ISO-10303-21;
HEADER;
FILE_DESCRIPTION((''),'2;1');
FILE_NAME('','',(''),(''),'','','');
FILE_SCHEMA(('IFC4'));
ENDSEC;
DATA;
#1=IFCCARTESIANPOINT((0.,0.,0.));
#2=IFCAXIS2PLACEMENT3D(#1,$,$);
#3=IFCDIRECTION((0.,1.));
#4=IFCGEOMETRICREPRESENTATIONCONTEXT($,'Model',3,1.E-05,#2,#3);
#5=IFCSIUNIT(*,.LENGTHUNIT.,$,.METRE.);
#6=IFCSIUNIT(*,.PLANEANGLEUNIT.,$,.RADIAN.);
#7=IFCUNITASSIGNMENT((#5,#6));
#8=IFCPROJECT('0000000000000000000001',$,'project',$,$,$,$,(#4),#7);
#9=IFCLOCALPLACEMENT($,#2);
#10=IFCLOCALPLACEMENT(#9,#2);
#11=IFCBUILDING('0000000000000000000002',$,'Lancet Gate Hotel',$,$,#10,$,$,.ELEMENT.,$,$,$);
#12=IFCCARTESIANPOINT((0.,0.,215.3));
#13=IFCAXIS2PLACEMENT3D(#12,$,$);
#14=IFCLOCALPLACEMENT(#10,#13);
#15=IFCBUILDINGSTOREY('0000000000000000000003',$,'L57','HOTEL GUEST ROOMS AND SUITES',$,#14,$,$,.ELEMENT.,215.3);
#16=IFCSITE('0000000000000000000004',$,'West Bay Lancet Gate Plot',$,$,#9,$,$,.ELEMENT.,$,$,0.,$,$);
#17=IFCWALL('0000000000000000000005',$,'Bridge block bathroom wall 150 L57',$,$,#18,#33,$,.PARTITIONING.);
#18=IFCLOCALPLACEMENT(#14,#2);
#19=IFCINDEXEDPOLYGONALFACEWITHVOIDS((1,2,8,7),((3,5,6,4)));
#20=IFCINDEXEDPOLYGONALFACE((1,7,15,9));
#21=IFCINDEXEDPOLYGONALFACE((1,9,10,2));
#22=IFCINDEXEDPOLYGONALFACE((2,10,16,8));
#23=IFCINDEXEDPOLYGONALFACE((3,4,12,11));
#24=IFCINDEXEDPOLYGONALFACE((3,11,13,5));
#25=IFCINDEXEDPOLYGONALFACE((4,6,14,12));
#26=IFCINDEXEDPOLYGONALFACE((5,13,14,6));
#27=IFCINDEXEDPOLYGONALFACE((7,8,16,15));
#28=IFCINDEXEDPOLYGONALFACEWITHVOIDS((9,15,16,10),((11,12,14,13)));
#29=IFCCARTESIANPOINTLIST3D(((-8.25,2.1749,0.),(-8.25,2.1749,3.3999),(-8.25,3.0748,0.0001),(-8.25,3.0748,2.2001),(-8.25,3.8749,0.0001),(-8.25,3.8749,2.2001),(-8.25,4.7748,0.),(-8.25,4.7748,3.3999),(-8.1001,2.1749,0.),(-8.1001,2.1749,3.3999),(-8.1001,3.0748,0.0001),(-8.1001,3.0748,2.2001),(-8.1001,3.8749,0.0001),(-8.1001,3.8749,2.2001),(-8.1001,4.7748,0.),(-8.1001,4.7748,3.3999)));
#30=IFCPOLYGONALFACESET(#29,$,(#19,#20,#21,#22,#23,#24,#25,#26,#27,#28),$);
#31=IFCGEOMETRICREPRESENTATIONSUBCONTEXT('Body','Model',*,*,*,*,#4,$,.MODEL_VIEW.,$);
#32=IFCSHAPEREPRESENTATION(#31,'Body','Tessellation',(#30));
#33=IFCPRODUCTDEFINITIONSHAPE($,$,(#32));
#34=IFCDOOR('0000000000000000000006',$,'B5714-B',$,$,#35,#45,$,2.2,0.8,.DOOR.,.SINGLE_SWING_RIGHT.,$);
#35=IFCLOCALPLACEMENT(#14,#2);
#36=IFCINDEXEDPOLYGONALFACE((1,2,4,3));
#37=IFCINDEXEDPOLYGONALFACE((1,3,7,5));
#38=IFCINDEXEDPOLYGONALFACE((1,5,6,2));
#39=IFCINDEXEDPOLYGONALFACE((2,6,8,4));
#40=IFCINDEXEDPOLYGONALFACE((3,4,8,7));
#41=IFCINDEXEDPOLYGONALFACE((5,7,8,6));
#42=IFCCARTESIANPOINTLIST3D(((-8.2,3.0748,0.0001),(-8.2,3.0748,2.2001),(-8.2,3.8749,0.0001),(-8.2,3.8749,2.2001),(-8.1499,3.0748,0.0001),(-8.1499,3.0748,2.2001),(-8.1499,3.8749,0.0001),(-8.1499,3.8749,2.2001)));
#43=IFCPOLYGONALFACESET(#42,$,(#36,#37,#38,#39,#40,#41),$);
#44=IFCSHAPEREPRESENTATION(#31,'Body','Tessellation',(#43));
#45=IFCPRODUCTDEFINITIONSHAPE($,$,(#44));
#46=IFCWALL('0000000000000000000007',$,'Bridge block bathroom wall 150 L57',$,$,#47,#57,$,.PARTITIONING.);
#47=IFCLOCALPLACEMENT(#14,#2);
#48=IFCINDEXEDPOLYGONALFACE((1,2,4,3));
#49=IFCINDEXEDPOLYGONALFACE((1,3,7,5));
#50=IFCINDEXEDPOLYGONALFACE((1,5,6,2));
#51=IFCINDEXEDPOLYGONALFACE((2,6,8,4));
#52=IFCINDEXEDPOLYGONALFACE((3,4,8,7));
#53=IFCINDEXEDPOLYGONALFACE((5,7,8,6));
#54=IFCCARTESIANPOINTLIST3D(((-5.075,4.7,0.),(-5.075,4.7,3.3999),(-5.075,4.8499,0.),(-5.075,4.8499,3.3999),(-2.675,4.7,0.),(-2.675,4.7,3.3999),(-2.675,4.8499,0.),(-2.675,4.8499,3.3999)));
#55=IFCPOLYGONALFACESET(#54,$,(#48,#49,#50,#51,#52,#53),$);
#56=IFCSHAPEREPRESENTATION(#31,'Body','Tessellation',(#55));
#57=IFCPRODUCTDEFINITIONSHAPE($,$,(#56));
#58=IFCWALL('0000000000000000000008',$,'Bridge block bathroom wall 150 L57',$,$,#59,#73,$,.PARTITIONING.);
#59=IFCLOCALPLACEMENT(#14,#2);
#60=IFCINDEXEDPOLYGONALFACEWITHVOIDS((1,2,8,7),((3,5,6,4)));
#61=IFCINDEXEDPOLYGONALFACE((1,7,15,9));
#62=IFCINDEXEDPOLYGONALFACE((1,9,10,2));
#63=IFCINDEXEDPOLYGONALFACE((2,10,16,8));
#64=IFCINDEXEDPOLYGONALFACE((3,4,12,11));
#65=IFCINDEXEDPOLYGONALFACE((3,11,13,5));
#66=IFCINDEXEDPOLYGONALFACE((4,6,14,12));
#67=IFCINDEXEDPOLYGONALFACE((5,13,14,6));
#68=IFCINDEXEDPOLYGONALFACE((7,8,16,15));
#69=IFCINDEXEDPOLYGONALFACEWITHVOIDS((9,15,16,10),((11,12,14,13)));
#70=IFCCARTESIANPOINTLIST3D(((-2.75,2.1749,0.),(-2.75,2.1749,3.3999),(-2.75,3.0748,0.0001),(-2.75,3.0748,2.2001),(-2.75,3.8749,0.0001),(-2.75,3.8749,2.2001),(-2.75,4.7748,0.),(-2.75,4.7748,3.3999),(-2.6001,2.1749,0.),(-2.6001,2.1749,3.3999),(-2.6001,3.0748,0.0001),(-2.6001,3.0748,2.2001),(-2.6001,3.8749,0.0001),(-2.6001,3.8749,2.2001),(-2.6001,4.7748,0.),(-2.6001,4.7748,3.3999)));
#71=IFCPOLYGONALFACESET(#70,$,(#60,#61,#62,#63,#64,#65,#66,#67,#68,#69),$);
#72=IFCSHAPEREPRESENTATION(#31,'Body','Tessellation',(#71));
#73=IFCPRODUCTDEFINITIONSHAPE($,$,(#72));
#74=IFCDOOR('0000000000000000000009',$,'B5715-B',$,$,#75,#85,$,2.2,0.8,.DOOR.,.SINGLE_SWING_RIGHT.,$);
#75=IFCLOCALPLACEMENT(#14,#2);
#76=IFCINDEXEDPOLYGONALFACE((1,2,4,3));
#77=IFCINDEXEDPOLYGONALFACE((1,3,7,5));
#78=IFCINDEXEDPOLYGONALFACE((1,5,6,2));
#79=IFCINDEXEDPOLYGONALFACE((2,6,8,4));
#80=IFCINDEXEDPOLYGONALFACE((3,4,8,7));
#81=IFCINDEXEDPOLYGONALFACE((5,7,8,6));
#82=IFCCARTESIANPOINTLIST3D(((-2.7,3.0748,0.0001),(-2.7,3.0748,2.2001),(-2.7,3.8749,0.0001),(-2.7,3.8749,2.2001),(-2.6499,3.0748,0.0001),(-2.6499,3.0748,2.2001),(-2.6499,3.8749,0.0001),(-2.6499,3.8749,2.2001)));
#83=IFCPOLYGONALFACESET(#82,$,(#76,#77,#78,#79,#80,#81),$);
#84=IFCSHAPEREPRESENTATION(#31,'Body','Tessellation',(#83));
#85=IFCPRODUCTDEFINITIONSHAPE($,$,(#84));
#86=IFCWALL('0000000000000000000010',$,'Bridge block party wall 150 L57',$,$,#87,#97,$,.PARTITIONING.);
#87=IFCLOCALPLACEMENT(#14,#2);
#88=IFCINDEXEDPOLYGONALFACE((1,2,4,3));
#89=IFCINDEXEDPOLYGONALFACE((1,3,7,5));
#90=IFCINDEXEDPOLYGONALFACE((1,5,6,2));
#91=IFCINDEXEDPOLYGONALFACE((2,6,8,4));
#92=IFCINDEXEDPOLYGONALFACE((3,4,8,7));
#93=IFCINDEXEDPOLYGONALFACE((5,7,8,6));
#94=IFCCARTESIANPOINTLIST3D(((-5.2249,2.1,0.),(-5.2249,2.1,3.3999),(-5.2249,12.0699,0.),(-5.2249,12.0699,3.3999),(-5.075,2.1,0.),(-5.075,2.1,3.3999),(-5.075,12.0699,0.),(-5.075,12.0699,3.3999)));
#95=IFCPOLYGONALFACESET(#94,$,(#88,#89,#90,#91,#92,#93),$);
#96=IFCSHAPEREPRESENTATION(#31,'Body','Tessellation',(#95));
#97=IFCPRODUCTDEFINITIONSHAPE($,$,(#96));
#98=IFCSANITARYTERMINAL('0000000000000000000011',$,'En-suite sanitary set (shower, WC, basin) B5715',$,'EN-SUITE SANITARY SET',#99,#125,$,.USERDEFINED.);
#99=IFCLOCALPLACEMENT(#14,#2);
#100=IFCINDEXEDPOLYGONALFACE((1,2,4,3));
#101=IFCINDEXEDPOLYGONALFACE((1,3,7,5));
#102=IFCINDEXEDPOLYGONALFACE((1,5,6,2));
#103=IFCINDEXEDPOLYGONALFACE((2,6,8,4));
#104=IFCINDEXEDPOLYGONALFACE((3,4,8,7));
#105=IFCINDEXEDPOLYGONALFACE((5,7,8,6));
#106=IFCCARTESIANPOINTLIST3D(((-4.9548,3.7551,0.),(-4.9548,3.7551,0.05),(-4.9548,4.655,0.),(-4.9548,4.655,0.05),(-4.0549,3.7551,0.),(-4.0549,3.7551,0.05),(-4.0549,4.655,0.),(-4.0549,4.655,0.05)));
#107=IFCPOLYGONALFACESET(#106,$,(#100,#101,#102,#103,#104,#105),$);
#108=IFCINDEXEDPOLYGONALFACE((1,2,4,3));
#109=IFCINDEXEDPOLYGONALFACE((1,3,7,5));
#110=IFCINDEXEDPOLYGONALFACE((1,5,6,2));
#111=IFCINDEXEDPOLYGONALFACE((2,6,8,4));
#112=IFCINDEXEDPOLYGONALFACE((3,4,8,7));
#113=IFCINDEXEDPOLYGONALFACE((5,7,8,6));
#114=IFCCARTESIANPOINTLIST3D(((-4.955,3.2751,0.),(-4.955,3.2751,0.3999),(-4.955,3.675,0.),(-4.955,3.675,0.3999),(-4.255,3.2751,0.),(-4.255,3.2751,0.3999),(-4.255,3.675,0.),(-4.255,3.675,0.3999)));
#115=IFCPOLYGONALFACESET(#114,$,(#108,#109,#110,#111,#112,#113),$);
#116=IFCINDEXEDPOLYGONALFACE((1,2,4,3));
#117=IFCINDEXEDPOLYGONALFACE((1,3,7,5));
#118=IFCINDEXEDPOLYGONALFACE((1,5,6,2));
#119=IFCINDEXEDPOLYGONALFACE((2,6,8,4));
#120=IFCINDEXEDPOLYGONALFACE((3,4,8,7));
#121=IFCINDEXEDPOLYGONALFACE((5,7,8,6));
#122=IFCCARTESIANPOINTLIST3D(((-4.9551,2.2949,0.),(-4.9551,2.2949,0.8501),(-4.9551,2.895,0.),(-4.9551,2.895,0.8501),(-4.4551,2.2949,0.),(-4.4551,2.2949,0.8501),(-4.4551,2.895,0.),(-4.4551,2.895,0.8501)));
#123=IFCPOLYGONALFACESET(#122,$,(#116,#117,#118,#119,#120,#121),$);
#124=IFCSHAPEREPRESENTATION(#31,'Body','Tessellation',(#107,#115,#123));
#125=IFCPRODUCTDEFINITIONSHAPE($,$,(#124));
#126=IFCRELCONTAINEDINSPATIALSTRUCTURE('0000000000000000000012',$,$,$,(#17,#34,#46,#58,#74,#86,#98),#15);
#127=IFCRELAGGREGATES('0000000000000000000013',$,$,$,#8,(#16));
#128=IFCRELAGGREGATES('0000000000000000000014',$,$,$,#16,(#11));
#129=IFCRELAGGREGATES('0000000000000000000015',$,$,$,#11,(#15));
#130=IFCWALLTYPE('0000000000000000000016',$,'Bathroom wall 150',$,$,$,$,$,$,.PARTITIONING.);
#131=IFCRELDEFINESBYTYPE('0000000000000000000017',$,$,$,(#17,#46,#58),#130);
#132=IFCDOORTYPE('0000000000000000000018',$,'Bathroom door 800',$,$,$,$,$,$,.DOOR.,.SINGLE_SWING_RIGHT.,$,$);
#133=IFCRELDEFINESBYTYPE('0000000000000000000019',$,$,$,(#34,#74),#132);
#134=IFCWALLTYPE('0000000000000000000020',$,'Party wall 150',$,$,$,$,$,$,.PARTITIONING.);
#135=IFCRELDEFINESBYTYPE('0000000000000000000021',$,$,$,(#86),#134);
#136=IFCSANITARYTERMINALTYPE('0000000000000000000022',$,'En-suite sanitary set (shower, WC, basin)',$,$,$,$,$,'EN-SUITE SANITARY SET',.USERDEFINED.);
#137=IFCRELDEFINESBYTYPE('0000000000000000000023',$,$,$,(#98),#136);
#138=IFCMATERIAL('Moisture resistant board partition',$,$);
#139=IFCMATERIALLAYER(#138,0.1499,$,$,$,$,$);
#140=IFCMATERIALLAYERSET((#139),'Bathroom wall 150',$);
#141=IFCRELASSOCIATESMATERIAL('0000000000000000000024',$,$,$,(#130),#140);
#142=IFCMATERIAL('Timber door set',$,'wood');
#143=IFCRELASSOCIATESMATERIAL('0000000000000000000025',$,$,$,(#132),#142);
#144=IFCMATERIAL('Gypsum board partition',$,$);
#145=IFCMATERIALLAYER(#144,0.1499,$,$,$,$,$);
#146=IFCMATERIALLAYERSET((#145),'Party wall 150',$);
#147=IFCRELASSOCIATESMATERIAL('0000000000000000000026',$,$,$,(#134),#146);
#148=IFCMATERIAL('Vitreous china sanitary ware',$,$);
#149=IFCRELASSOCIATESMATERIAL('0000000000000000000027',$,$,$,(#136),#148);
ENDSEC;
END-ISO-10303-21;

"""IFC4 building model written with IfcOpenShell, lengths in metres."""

from ifc_helpers import new_model, si_unit, direction, frame, frame_2d, origin, origin_2d, place, context, subcontext, project, spatial, rectangle, extrude, material, layer, layer_set, type_object, element, fill, save


model = new_model("IFC4")

# Units and contexts
model_context = context("Model", 3, precision=1e-05, world=origin(), true_north=direction((0.0, 1.0)))
body_context = subcontext(model_context, "Body", "Model", "MODEL_VIEW")
ifc_project = project(units=[si_unit("LENGTHUNIT", "METRE"), si_unit("PLANEANGLEUNIT", "RADIAN")], contexts=[model_context])

# Site, building, storey
site_placement = place(None, origin())
site = spatial("IfcSite", under=ifc_project, at=site_placement, Name="West Bay Lancet Gate Plot", CompositionType="ELEMENT", RefElevation=0.0)
building_placement = place(site_placement, origin())
building = spatial("IfcBuilding", under=site, at=building_placement, Name="Lancet Gate Hotel", CompositionType="ELEMENT")
storey_placement = place(building_placement, frame((0.0, 0.0, 215.3)))
storey = spatial("IfcBuildingStorey", under=building, at=storey_placement, Name="L57", Description="HOTEL GUEST ROOMS AND SUITES", CompositionType="ELEMENT", Elevation=215.3)

# Wall, opening, door
ifc_material_1 = material(Name="Moisture resistant board partition")
ifc_layer_1 = layer(ifc_material_1, 0.1499)
ifc_layer_set_1 = layer_set([ifc_layer_1], Name="Bathroom wall 150")
wall_type_1 = type_object("IfcWallType", Name="Bathroom wall 150", PredefinedType="PARTITIONING", material=ifc_layer_set_1)
wall_1_placement = place(storey_placement, frame((-8.175, 2.175, 0.0), z_axis=(0.0, 0.0, 1.0), x_axis=(0.0, 1.0, 0.0)))
wall_1 = element("IfcWall", 1, at=wall_1_placement, inside=storey, type_object=wall_type_1, Name="Bridge block bathroom wall 150 L57", PredefinedType="PARTITIONING", context=body_context, shape_type="SweptSolid", body=[
    extrude(rectangle(XDim=2.5999, YDim=0.1499, at=frame_2d((1.2998, 0.0))), origin(), (0.0, 0.0, 1.0), 3.3999),
])
opening_1_placement = place(wall_1_placement, frame((0.8999, 0.0, 0.0)))
opening_1 = element("IfcOpeningElement", 2, at=opening_1_placement, cuts=wall_1, PredefinedType="OPENING", context=body_context, shape_type="SweptSolid", body=[
    extrude(rectangle(XDim=0.8, YDim=2.2, at=frame_2d((0.3999, 1.1001))), frame((0.0, 0.085, 0.0), z_axis=(0.0, -1.0, 0.0), x_axis=(1.0, 0.0, 0.0)), (0.0, 0.0, 1.0), 0.1699),
])
ifc_material_2 = material(Name="Timber door set", Category="wood")
door_type = type_object("IfcDoorType", Name="Bathroom door 800", OperationType="SINGLE_SWING_RIGHT", PredefinedType="DOOR", material=ifc_material_2)
door_1_placement = place(opening_1_placement, origin())
door_1 = element("IfcDoor", 3, at=door_1_placement, inside=storey, type_object=door_type, Name="B5714-B", OperationType="SINGLE_SWING_RIGHT", OverallHeight=2.2, OverallWidth=0.8, PredefinedType="DOOR", context=body_context, shape_type="SweptSolid", body=[
    extrude(rectangle(XDim=0.8, YDim=2.2, at=frame_2d((0.3999, 1.1001))), frame((0.0, 0.0249, 0.0), z_axis=(0.0, -1.0, 0.0), x_axis=(1.0, 0.0, 0.0)), (0.0, 0.0, 1.0), 0.05),
])
fill(opening_1, door_1)

# Wall
wall_2_placement = place(storey_placement, frame((-5.075, 4.7749, 0.0), z_axis=(0.0, 0.0, 1.0), x_axis=(1.0, 0.0, 0.0)))
element("IfcWall", 4, at=wall_2_placement, inside=storey, type_object=wall_type_1, Name="Bridge block bathroom wall 150 L57", PredefinedType="PARTITIONING", context=body_context, shape_type="SweptSolid", body=[
    extrude(rectangle(XDim=2.3999, YDim=0.1499, at=frame_2d((1.2, 0.0))), origin(), (0.0, 0.0, 1.0), 3.3999),
])

# Wall, opening, door
wall_3_placement = place(storey_placement, frame((-2.675, 2.175, 0.0), z_axis=(0.0, 0.0, 1.0), x_axis=(0.0, 1.0, 0.0)))
wall_3 = element("IfcWall", 5, at=wall_3_placement, inside=storey, type_object=wall_type_1, Name="Bridge block bathroom wall 150 L57", PredefinedType="PARTITIONING", context=body_context, shape_type="SweptSolid", body=[
    extrude(rectangle(XDim=2.5999, YDim=0.1499, at=frame_2d((1.2998, 0.0))), origin(), (0.0, 0.0, 1.0), 3.3999),
])
opening_2_placement = place(wall_3_placement, frame((0.8999, 0.0, 0.0)))
opening_2 = element("IfcOpeningElement", 6, at=opening_2_placement, cuts=wall_3, PredefinedType="OPENING", context=body_context, shape_type="SweptSolid", body=[
    extrude(rectangle(XDim=0.8, YDim=2.2, at=frame_2d((0.3999, 1.1001))), frame((0.0, 0.085, 0.0), z_axis=(0.0, -1.0, 0.0), x_axis=(1.0, 0.0, 0.0)), (0.0, 0.0, 1.0), 0.1699),
])
door_2_placement = place(opening_2_placement, origin())
door_2 = element("IfcDoor", 7, at=door_2_placement, inside=storey, type_object=door_type, Name="B5715-B", OperationType="SINGLE_SWING_RIGHT", OverallHeight=2.2, OverallWidth=0.8, PredefinedType="DOOR", context=body_context, shape_type="SweptSolid", body=[
    extrude(rectangle(XDim=0.8, YDim=2.2, at=frame_2d((0.3999, 1.1001))), frame((0.0, 0.0249, 0.0), z_axis=(0.0, -1.0, 0.0), x_axis=(1.0, 0.0, 0.0)), (0.0, 0.0, 1.0), 0.05),
])
fill(opening_2, door_2)

# Wall
ifc_material_3 = material(Name="Gypsum board partition")
ifc_layer_2 = layer(ifc_material_3, 0.1499)
ifc_layer_set_2 = layer_set([ifc_layer_2], Name="Party wall 150")
wall_type_2 = type_object("IfcWallType", Name="Party wall 150", PredefinedType="PARTITIONING", material=ifc_layer_set_2)
wall_4_placement = place(storey_placement, frame((-5.1499, 2.1001, 0.0), z_axis=(0.0, 0.0, 1.0), x_axis=(0.0, 1.0, 0.0)))
element("IfcWall", 8, at=wall_4_placement, inside=storey, type_object=wall_type_2, Name="Bridge block party wall 150 L57", PredefinedType="PARTITIONING", context=body_context, shape_type="SweptSolid", body=[
    extrude(rectangle(XDim=9.97, YDim=0.1499, at=frame_2d((4.9849, 0.0))), origin(), (0.0, 0.0, 1.0), 3.3999),
])

# Sanitary terminal
ifc_material_4 = material(Name="Vitreous china sanitary ware")
sanitary_terminal_type = type_object("IfcSanitaryTerminalType", Name="En-suite sanitary set (shower, WC, basin)", ElementType="EN-SUITE SANITARY SET", PredefinedType="USERDEFINED", material=ifc_material_4)
sanitary_terminal_placement = place(storey_placement, frame((-4.5049, 4.2051, 0.0), z_axis=(0.0, 0.0, 1.0), x_axis=(1.0, 0.0, 0.0)))
element("IfcSanitaryTerminal", 9, at=sanitary_terminal_placement, inside=storey, type_object=sanitary_terminal_type, Name="En-suite sanitary set (shower, WC, basin) B5715", ObjectType="EN-SUITE SANITARY SET", PredefinedType="USERDEFINED", context=body_context, shape_type="SweptSolid", body=[
    extrude(rectangle(XDim=0.8999, YDim=0.8999, at=origin_2d()), frame((0.0, 0.0, 0.0), z_axis=(0.0, 0.0, 1.0), x_axis=(0.0, 1.0, 0.0)), (0.0, 0.0, 1.0), 0.05),
    extrude(rectangle(XDim=0.3999, YDim=0.7, at=origin_2d()), frame((-0.1001, -0.73, 0.0), z_axis=(0.0, 0.0, 1.0), x_axis=(0.0, 1.0, 0.0)), (0.0, 0.0, 1.0), 0.3999),
    extrude(rectangle(XDim=0.6001, YDim=0.5, at=origin_2d()), frame((-0.2002, -1.6101, 0.0), z_axis=(0.0, 0.0, 1.0), x_axis=(0.0, 1.0, 0.0)), (0.0, 0.0, 1.0), 0.8501),
])

save(model, "model.ifc")
